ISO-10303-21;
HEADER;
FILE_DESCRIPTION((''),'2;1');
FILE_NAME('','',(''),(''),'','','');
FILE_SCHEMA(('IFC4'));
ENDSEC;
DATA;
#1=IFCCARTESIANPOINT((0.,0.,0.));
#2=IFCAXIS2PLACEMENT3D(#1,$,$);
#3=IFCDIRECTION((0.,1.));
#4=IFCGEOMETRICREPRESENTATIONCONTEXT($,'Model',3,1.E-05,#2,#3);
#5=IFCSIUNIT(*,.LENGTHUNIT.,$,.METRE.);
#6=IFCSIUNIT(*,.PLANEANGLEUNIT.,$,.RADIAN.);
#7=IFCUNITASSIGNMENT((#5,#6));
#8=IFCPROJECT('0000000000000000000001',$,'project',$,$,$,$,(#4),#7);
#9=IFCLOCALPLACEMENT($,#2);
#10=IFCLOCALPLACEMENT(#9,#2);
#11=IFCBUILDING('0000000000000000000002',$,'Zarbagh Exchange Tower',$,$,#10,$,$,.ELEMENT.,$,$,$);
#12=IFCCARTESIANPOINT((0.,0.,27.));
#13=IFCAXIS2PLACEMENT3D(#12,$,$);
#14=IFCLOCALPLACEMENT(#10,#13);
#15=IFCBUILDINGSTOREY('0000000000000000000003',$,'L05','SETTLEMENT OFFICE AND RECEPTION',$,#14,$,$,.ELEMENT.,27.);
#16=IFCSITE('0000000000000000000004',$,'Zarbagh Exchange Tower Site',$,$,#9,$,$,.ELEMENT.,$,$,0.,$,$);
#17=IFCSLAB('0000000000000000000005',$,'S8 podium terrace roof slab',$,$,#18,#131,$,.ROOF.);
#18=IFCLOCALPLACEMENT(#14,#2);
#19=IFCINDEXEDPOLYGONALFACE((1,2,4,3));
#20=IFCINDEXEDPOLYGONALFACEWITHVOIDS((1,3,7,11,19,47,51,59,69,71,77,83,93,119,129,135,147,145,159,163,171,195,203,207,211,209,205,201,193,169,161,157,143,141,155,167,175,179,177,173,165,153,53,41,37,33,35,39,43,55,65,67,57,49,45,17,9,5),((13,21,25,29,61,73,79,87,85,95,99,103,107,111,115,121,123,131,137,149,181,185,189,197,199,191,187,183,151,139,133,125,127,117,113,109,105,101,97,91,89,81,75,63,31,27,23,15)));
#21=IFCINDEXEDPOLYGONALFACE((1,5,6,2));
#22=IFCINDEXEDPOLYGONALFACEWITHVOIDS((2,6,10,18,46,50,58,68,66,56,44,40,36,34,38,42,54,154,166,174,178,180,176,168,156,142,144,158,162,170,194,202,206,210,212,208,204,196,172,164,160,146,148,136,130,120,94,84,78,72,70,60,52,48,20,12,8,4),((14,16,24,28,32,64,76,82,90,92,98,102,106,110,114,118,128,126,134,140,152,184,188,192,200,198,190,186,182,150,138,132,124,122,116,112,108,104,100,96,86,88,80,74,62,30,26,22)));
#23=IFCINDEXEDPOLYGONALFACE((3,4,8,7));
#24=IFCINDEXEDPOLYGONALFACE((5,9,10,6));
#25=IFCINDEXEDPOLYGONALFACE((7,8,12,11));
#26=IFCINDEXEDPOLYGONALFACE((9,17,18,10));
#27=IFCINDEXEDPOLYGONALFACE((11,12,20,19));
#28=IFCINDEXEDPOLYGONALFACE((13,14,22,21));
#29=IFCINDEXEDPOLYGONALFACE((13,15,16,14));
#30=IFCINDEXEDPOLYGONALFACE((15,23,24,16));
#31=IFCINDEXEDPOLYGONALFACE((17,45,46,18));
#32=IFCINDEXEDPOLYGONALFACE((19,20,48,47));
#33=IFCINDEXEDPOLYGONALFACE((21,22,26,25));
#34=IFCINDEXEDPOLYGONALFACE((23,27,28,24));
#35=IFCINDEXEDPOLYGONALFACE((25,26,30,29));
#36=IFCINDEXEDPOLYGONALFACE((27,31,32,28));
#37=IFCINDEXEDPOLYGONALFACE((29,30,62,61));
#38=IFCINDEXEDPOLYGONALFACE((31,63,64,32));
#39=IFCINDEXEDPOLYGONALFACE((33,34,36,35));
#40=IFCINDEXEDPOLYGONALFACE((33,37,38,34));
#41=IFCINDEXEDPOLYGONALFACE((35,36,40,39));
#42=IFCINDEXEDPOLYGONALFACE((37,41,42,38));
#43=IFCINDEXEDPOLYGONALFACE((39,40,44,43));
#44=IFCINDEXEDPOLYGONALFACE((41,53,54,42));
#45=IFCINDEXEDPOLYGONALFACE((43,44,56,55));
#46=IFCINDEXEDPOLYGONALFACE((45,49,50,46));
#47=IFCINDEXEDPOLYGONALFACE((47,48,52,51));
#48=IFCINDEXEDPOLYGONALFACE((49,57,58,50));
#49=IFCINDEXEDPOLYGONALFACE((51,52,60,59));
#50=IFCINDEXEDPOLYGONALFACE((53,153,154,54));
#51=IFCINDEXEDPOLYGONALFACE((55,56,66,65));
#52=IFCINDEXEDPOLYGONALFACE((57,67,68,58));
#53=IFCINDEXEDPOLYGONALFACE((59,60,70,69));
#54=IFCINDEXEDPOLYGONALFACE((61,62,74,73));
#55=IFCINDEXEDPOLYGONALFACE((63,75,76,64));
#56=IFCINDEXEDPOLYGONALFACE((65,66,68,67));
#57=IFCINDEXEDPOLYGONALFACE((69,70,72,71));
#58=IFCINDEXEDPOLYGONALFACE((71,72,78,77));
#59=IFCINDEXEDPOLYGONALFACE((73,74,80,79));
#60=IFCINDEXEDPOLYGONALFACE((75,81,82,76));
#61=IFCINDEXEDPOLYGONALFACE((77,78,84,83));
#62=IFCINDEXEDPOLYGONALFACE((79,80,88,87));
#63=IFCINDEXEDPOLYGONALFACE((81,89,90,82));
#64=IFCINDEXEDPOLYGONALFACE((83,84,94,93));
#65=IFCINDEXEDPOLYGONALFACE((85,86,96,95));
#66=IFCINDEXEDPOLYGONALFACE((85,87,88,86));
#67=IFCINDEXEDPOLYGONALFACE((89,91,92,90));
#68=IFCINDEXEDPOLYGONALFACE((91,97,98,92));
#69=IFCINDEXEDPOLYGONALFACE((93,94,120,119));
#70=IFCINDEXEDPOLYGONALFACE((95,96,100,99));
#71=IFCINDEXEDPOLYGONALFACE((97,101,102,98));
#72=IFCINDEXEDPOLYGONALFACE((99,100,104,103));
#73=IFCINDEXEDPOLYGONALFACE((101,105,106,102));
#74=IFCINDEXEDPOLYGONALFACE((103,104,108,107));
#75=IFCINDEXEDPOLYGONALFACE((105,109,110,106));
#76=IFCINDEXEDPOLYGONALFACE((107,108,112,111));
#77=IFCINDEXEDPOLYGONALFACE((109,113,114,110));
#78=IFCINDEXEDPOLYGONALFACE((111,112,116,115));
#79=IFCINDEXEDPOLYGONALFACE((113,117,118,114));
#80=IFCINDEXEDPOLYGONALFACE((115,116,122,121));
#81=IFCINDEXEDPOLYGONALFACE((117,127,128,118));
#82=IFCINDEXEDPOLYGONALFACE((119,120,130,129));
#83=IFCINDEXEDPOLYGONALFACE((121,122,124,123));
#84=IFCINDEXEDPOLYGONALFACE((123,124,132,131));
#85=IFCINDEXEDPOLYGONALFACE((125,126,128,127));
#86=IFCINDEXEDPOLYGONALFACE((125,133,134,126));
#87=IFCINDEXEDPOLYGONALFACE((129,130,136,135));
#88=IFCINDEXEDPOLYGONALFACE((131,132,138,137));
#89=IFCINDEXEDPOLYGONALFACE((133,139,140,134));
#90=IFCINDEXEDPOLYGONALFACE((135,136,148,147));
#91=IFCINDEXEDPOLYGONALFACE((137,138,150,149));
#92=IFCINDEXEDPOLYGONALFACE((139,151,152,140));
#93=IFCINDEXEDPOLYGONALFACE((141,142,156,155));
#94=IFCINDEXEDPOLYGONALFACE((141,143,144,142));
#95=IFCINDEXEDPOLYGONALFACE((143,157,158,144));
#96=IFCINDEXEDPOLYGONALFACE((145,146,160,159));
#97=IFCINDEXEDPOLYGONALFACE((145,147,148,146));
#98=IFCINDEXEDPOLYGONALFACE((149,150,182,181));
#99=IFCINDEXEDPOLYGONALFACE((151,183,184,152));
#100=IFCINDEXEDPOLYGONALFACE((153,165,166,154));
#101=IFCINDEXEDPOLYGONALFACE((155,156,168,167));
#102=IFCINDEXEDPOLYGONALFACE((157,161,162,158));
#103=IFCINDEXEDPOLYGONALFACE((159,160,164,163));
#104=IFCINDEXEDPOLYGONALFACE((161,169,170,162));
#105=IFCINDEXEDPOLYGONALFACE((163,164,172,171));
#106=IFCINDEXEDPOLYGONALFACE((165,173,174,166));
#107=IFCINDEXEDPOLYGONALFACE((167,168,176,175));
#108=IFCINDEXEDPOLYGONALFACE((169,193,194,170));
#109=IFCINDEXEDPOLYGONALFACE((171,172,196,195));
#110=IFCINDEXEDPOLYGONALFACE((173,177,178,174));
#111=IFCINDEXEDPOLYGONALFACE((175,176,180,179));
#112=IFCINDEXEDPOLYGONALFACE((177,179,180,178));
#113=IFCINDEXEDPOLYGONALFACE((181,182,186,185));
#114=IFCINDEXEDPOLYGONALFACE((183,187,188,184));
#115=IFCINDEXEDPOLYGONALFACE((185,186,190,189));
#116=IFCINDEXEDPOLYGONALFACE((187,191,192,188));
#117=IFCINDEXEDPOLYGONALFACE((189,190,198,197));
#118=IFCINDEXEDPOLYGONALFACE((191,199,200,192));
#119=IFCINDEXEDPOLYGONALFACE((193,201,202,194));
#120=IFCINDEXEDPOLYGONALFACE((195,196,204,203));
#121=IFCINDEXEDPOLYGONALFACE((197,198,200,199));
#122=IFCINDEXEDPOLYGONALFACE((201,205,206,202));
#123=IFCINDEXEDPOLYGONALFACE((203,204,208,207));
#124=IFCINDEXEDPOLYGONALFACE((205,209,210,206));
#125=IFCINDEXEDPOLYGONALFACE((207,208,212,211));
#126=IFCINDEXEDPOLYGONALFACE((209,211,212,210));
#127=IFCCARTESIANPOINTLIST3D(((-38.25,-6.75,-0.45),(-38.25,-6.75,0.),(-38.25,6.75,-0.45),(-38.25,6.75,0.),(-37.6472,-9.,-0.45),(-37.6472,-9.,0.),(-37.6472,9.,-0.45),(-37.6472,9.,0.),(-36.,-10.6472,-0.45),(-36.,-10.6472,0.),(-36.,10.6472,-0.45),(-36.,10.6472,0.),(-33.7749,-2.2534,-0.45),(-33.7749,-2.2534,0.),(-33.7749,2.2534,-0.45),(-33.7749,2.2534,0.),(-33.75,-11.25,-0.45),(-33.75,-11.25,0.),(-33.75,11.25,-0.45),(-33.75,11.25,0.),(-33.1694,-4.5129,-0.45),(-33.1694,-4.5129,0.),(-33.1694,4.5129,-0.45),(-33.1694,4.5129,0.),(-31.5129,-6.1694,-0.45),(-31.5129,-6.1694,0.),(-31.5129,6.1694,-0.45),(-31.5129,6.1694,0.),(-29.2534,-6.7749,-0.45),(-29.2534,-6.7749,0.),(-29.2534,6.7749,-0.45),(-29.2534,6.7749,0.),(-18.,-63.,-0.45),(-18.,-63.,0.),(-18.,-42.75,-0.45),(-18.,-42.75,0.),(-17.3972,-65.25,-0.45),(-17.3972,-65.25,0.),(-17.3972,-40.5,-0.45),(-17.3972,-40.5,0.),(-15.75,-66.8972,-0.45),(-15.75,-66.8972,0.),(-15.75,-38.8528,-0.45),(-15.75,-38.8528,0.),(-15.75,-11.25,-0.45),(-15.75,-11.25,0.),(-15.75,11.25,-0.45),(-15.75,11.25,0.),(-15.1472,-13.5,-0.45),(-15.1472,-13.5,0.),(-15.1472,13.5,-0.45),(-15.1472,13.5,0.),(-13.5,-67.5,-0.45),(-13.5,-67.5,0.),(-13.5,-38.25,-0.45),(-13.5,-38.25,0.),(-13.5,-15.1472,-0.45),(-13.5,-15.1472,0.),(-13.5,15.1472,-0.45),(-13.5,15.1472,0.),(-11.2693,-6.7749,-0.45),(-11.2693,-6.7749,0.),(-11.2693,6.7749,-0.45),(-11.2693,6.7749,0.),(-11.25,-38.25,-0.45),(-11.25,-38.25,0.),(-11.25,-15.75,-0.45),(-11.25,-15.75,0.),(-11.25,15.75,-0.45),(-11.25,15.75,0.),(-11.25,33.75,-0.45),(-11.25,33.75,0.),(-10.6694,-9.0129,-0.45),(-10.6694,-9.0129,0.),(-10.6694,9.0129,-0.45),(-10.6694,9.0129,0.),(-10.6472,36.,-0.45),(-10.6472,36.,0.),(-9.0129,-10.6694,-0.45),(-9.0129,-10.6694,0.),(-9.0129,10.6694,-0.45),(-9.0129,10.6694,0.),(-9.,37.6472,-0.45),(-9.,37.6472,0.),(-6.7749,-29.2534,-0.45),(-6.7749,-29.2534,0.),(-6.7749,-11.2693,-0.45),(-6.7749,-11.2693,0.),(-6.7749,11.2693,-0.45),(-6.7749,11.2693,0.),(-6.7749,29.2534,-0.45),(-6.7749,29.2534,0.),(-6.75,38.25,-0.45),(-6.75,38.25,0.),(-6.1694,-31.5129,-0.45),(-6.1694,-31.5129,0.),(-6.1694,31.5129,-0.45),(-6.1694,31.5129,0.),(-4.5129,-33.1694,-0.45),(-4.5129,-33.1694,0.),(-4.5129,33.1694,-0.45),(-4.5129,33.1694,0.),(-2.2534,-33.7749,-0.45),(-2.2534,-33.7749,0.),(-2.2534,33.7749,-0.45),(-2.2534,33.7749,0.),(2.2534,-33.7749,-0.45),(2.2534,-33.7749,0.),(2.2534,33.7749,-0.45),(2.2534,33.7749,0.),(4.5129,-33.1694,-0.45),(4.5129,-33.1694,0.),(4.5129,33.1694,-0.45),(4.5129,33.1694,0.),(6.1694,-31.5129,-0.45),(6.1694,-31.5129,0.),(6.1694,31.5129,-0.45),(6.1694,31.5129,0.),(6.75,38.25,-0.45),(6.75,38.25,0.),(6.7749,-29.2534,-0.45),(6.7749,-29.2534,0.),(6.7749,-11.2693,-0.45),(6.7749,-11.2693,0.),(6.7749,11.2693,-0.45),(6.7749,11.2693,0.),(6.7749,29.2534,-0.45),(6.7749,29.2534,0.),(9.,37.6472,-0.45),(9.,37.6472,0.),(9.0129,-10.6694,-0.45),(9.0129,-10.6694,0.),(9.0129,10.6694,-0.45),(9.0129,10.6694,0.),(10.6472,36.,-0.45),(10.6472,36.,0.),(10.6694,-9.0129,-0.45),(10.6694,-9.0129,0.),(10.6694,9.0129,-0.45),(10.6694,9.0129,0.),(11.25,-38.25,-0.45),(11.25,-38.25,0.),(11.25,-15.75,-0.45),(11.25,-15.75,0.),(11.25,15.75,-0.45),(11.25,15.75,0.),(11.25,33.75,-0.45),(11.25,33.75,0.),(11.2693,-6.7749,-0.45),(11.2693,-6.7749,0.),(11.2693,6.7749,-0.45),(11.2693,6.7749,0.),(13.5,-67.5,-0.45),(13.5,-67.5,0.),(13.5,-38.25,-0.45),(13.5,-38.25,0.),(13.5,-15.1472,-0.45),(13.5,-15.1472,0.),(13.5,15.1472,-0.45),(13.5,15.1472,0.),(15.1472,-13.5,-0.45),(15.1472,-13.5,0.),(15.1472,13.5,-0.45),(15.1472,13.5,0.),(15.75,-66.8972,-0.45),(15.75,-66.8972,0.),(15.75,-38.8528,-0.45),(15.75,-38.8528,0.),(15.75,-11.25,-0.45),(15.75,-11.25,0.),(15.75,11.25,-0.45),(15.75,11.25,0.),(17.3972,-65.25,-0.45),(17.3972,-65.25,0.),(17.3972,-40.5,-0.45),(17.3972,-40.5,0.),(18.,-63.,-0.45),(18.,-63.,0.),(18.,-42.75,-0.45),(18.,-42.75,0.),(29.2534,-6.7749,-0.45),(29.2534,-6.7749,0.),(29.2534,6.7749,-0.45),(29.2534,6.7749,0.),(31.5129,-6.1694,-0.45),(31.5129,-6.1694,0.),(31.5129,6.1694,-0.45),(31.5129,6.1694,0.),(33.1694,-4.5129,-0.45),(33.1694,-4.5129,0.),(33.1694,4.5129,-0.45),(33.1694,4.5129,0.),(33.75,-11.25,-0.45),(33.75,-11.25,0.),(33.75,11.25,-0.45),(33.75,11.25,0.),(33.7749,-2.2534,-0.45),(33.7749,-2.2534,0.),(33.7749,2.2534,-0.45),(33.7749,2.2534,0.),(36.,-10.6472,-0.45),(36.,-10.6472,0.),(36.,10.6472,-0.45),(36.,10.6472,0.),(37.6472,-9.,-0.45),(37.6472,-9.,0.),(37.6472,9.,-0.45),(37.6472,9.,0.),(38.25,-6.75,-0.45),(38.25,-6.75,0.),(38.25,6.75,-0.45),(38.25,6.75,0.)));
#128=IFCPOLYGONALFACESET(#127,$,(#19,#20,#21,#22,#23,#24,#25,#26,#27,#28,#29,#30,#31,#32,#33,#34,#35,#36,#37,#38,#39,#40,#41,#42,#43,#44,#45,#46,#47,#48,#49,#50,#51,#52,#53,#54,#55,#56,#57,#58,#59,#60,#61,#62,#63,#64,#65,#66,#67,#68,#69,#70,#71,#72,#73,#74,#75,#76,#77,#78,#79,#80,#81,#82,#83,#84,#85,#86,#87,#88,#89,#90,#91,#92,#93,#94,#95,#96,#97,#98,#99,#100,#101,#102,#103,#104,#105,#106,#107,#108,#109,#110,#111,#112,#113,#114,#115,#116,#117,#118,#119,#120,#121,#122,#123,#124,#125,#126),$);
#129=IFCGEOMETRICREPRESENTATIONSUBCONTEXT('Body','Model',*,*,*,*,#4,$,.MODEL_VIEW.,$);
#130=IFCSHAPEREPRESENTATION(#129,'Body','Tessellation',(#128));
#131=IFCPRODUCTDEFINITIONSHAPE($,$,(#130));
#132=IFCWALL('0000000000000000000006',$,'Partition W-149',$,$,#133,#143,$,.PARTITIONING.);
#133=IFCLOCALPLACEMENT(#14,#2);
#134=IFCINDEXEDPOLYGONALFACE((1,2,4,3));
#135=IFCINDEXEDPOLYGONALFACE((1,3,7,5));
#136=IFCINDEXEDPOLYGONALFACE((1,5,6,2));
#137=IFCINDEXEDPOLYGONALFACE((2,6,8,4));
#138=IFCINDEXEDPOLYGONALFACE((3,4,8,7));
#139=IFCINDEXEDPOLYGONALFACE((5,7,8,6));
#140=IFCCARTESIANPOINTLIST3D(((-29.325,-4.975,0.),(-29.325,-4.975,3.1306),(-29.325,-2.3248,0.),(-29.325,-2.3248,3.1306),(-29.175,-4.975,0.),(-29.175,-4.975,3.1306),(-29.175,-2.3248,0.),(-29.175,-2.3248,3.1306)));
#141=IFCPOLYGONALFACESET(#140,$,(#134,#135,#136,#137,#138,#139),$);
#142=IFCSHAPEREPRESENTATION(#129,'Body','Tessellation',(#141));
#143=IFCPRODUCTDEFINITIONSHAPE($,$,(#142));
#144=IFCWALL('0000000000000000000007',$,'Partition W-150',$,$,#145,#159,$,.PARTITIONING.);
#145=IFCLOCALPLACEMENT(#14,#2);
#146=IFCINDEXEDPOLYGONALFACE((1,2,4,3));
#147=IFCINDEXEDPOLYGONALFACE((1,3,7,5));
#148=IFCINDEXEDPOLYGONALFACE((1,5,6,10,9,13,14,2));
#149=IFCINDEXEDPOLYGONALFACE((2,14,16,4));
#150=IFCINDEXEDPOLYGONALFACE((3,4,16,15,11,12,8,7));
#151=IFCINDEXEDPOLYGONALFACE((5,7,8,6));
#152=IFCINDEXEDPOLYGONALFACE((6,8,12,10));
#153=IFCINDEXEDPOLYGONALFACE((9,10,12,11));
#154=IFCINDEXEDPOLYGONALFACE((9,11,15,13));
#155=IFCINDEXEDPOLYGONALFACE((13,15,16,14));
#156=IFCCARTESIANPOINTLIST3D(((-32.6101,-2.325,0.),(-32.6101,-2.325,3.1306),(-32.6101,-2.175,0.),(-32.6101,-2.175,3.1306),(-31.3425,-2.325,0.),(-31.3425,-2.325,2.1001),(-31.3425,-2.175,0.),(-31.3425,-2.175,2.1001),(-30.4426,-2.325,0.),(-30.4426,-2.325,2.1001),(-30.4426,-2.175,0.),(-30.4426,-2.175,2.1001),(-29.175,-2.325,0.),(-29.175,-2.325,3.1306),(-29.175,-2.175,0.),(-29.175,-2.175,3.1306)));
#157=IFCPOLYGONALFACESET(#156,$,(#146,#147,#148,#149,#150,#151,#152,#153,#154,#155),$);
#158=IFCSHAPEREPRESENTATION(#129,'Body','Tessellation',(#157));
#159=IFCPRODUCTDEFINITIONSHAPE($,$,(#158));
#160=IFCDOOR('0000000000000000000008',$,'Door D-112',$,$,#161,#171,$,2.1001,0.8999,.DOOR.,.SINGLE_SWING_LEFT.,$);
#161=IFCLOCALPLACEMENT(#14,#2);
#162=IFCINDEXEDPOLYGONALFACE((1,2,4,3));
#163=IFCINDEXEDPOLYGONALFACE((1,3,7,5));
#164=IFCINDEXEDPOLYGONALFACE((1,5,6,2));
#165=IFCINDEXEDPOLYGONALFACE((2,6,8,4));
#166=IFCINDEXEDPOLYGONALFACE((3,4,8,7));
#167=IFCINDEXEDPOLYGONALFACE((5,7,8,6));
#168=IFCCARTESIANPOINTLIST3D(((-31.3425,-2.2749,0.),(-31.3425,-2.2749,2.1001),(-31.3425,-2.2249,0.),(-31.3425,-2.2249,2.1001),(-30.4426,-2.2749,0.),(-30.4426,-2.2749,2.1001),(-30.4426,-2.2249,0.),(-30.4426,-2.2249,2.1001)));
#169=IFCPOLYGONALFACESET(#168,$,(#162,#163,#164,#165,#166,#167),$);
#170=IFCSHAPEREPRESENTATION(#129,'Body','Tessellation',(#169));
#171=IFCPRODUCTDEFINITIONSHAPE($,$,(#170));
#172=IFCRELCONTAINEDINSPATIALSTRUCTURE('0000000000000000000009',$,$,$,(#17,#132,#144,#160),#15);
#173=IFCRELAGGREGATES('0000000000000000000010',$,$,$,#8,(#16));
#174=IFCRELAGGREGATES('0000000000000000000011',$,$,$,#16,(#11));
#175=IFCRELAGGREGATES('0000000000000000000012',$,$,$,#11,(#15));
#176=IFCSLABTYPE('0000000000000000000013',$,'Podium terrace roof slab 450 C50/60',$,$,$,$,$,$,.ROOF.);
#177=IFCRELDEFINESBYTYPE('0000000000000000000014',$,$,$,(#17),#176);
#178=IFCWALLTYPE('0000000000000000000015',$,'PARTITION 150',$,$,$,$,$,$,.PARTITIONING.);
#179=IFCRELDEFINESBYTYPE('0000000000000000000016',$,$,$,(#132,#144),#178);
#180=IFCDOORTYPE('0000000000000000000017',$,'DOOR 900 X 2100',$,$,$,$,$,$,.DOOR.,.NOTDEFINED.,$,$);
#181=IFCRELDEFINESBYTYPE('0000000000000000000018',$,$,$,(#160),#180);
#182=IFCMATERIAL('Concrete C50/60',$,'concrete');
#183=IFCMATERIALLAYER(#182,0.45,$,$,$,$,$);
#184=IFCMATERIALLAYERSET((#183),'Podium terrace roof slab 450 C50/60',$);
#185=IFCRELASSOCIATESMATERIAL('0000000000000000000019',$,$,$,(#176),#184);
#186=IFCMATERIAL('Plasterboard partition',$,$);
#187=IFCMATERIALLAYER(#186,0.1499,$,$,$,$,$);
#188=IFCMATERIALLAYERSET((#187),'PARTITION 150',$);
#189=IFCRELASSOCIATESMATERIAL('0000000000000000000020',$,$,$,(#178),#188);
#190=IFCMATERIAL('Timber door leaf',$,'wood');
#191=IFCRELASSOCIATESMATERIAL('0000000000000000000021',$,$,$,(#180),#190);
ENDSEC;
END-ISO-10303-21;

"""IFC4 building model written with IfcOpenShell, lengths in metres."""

from ifc_helpers import new_model, si_unit, direction, frame, frame_2d, origin, place, context, subcontext, project, spatial, polyline, rectangle, outline, extrude, material, layer, layer_set, type_object, element, fill, save


model = new_model("IFC4")

# Units and contexts
model_context = context("Model", 3, precision=1e-05, world=origin(), true_north=direction((0.0, 1.0)))
body_context = subcontext(model_context, "Body", "Model", "MODEL_VIEW")
ifc_project = project(units=[si_unit("LENGTHUNIT", "METRE"), si_unit("PLANEANGLEUNIT", "RADIAN")], contexts=[model_context])

# Site, building, storey
site_placement = place(None, origin())
site = spatial("IfcSite", under=ifc_project, at=site_placement, Name="Zarbagh Exchange Tower Site", CompositionType="ELEMENT", RefElevation=0.0)
building_placement = place(site_placement, origin())
building = spatial("IfcBuilding", under=site, at=building_placement, Name="Zarbagh Exchange Tower", CompositionType="ELEMENT")
storey_placement = place(building_placement, frame((0.0, 0.0, 27.0)))
storey = spatial("IfcBuildingStorey", under=building, at=storey_placement, Name="L05", Description="SETTLEMENT OFFICE AND RECEPTION", CompositionType="ELEMENT", Elevation=27.0)

# Slab
ifc_material_1 = material(Name="Concrete C50/60", Category="concrete")
ifc_layer_1 = layer(ifc_material_1, 0.45)
ifc_layer_set_1 = layer_set([ifc_layer_1], Name="Podium terrace roof slab 450 C50/60")
slab_type_1 = type_object("IfcSlabType", Name="Podium terrace roof slab 450 C50/60", PredefinedType="ROOF", material=ifc_layer_set_1)
slab_1_placement = place(storey_placement, frame((0.0, 0.0, -0.45)))
element("IfcSlab", 1, at=slab_1_placement, inside=storey, type_object=slab_type_1, Name="S8 podium terrace roof slab", PredefinedType="ROOF", context=body_context, shape_type="SweptSolid", body=[
    extrude(outline(polyline([(17.3972, -65.25), (15.75, -66.8972), (13.5, -67.5), (-13.5, -67.5), (-15.75, -66.8972), (-17.3972, -65.25), (-18.0, -63.0), (-18.0, -42.75), (-17.3972, -40.5), (-15.75, -38.8528), (-13.5, -38.25), (-11.25, -38.25), (-11.25, -15.75), (-13.5, -15.1472), (-15.1472, -13.5), (-15.75, -11.25), (-33.75, -11.25), (-36.0, -10.6472), (-37.6472, -9.0), (-38.25, -6.75), (-38.25, 6.75), (-37.6472, 9.0), (-36.0, 10.6472), (-33.75, 11.25), (-15.75, 11.25), (-15.1472, 13.5), (-13.5, 15.1472), (-11.25, 15.75), (-11.25, 33.75), (-10.6472, 36.0), (-9.0, 37.6472), (-6.75, 38.25), (6.75, 38.25), (9.0, 37.6472), (10.6472, 36.0), (11.25, 33.75), (11.25, 15.75), (13.5, 15.1472), (15.1472, 13.5), (15.75, 11.25), (33.75, 11.25), (36.0, 10.6472), (37.6472, 9.0), (38.25, 6.75), (38.25, -6.75), (37.6472, -9.0), (36.0, -10.6472), (33.75, -11.25), (15.75, -11.25), (15.1472, -13.5), (13.5, -15.1472), (11.25, -15.75), (11.25, -38.25), (13.5, -38.25), (15.75, -38.8528), (17.3972, -40.5), (18.0, -42.75), (18.0, -63.0), (17.3972, -65.25)]), holes=[polyline([(4.5129, -33.1694), (6.1694, -31.5129), (6.7749, -29.2534), (6.7749, -11.2693), (9.0129, -10.6694), (10.6694, -9.0129), (11.2693, -6.7749), (29.2534, -6.7749), (31.5129, -6.1694), (33.1694, -4.5129), (33.7749, -2.2534), (33.7749, 2.2534), (33.1694, 4.5129), (31.5129, 6.1694), (29.2534, 6.7749), (11.2693, 6.7749), (10.6694, 9.0129), (9.0129, 10.6694), (6.7749, 11.2693), (6.7749, 29.2534), (6.1694, 31.5129), (4.5129, 33.1694), (2.2534, 33.7749), (-2.2534, 33.7749), (-4.5129, 33.1694), (-6.1694, 31.5129), (-6.7749, 29.2534), (-6.7749, 11.2693), (-9.0129, 10.6694), (-10.6694, 9.0129), (-11.2693, 6.7749), (-29.2534, 6.7749), (-31.5129, 6.1694), (-33.1694, 4.5129), (-33.7749, 2.2534), (-33.7749, -2.2534), (-33.1694, -4.5129), (-31.5129, -6.1694), (-29.2534, -6.7749), (-11.2693, -6.7749), (-10.6694, -9.0129), (-9.0129, -10.6694), (-6.7749, -11.2693), (-6.7749, -29.2534), (-6.1694, -31.5129), (-4.5129, -33.1694), (-2.2534, -33.7749), (2.2534, -33.7749), (4.5129, -33.1694)])]), origin(), (0.0, 0.0, 1.0), 0.45),
])

# Wall
ifc_material_2 = material(Name="Plasterboard partition")
ifc_layer_2 = layer(ifc_material_2, 0.1499)
ifc_layer_set_2 = layer_set([ifc_layer_2], Name="PARTITION 150")
wall_type_1 = type_object("IfcWallType", Name="PARTITION 150", PredefinedType="PARTITIONING", material=ifc_layer_set_2)
wall_1_placement = place(storey_placement, frame((-29.25, -4.9751, 0.0), z_axis=(0.0, 0.0, 1.0), x_axis=(0.0, 1.0, 0.0)))
element("IfcWall", 2, at=wall_1_placement, inside=storey, type_object=wall_type_1, Name="Partition W-149", PredefinedType="PARTITIONING", context=body_context, shape_type="SweptSolid", body=[
    extrude(rectangle(XDim=2.6501, YDim=0.1499, at=frame_2d((1.3252, 0.0))), origin(), (0.0, 0.0, 1.0), 3.1306),
])

# Wall, opening, door
wall_2_placement = place(storey_placement, frame((-29.175, -2.25, 0.0), z_axis=(0.0, 0.0, 1.0), x_axis=(-1.0, 0.0, 0.0)))
wall_2 = element("IfcWall", 3, at=wall_2_placement, inside=storey, type_object=wall_type_1, Name="Partition W-150", PredefinedType="PARTITIONING", context=body_context, shape_type="SweptSolid", body=[
    extrude(rectangle(XDim=3.4351, YDim=0.1499, at=frame_2d((1.7175, 0.0))), origin(), (0.0, 0.0, 1.0), 3.1306),
])
opening_1_placement = place(wall_2_placement, frame((1.2676, 0.0, 0.0)))
opening_1 = element("IfcOpeningElement", 4, at=opening_1_placement, cuts=wall_2, PredefinedType="OPENING", context=body_context, shape_type="SweptSolid", body=[
    extrude(rectangle(XDim=0.8999, YDim=2.1001, at=frame_2d((0.45, 1.05))), frame((0.0, 0.085, 0.0), z_axis=(0.0, -1.0, 0.0), x_axis=(1.0, 0.0, 0.0)), (0.0, 0.0, 1.0), 0.1699),
])
ifc_material_3 = material(Name="Timber door leaf", Category="wood")
door_type_1 = type_object("IfcDoorType", Name="DOOR 900 X 2100", OperationType="NOTDEFINED", PredefinedType="DOOR", material=ifc_material_3)
door_1_placement = place(opening_1_placement, origin())
door_1 = element("IfcDoor", 5, at=door_1_placement, inside=storey, type_object=door_type_1, Name="Door D-112", OperationType="SINGLE_SWING_LEFT", OverallHeight=2.1001, OverallWidth=0.8999, PredefinedType="DOOR", context=body_context, shape_type="SweptSolid", body=[
    extrude(rectangle(XDim=0.8999, YDim=2.1001, at=frame_2d((0.45, 1.05))), frame((0.0, 0.0249, 0.0), z_axis=(0.0, -1.0, 0.0), x_axis=(1.0, 0.0, 0.0)), (0.0, 0.0, 1.0), 0.05),
])
fill(opening_1, door_1)

save(model, "model.ifc")
